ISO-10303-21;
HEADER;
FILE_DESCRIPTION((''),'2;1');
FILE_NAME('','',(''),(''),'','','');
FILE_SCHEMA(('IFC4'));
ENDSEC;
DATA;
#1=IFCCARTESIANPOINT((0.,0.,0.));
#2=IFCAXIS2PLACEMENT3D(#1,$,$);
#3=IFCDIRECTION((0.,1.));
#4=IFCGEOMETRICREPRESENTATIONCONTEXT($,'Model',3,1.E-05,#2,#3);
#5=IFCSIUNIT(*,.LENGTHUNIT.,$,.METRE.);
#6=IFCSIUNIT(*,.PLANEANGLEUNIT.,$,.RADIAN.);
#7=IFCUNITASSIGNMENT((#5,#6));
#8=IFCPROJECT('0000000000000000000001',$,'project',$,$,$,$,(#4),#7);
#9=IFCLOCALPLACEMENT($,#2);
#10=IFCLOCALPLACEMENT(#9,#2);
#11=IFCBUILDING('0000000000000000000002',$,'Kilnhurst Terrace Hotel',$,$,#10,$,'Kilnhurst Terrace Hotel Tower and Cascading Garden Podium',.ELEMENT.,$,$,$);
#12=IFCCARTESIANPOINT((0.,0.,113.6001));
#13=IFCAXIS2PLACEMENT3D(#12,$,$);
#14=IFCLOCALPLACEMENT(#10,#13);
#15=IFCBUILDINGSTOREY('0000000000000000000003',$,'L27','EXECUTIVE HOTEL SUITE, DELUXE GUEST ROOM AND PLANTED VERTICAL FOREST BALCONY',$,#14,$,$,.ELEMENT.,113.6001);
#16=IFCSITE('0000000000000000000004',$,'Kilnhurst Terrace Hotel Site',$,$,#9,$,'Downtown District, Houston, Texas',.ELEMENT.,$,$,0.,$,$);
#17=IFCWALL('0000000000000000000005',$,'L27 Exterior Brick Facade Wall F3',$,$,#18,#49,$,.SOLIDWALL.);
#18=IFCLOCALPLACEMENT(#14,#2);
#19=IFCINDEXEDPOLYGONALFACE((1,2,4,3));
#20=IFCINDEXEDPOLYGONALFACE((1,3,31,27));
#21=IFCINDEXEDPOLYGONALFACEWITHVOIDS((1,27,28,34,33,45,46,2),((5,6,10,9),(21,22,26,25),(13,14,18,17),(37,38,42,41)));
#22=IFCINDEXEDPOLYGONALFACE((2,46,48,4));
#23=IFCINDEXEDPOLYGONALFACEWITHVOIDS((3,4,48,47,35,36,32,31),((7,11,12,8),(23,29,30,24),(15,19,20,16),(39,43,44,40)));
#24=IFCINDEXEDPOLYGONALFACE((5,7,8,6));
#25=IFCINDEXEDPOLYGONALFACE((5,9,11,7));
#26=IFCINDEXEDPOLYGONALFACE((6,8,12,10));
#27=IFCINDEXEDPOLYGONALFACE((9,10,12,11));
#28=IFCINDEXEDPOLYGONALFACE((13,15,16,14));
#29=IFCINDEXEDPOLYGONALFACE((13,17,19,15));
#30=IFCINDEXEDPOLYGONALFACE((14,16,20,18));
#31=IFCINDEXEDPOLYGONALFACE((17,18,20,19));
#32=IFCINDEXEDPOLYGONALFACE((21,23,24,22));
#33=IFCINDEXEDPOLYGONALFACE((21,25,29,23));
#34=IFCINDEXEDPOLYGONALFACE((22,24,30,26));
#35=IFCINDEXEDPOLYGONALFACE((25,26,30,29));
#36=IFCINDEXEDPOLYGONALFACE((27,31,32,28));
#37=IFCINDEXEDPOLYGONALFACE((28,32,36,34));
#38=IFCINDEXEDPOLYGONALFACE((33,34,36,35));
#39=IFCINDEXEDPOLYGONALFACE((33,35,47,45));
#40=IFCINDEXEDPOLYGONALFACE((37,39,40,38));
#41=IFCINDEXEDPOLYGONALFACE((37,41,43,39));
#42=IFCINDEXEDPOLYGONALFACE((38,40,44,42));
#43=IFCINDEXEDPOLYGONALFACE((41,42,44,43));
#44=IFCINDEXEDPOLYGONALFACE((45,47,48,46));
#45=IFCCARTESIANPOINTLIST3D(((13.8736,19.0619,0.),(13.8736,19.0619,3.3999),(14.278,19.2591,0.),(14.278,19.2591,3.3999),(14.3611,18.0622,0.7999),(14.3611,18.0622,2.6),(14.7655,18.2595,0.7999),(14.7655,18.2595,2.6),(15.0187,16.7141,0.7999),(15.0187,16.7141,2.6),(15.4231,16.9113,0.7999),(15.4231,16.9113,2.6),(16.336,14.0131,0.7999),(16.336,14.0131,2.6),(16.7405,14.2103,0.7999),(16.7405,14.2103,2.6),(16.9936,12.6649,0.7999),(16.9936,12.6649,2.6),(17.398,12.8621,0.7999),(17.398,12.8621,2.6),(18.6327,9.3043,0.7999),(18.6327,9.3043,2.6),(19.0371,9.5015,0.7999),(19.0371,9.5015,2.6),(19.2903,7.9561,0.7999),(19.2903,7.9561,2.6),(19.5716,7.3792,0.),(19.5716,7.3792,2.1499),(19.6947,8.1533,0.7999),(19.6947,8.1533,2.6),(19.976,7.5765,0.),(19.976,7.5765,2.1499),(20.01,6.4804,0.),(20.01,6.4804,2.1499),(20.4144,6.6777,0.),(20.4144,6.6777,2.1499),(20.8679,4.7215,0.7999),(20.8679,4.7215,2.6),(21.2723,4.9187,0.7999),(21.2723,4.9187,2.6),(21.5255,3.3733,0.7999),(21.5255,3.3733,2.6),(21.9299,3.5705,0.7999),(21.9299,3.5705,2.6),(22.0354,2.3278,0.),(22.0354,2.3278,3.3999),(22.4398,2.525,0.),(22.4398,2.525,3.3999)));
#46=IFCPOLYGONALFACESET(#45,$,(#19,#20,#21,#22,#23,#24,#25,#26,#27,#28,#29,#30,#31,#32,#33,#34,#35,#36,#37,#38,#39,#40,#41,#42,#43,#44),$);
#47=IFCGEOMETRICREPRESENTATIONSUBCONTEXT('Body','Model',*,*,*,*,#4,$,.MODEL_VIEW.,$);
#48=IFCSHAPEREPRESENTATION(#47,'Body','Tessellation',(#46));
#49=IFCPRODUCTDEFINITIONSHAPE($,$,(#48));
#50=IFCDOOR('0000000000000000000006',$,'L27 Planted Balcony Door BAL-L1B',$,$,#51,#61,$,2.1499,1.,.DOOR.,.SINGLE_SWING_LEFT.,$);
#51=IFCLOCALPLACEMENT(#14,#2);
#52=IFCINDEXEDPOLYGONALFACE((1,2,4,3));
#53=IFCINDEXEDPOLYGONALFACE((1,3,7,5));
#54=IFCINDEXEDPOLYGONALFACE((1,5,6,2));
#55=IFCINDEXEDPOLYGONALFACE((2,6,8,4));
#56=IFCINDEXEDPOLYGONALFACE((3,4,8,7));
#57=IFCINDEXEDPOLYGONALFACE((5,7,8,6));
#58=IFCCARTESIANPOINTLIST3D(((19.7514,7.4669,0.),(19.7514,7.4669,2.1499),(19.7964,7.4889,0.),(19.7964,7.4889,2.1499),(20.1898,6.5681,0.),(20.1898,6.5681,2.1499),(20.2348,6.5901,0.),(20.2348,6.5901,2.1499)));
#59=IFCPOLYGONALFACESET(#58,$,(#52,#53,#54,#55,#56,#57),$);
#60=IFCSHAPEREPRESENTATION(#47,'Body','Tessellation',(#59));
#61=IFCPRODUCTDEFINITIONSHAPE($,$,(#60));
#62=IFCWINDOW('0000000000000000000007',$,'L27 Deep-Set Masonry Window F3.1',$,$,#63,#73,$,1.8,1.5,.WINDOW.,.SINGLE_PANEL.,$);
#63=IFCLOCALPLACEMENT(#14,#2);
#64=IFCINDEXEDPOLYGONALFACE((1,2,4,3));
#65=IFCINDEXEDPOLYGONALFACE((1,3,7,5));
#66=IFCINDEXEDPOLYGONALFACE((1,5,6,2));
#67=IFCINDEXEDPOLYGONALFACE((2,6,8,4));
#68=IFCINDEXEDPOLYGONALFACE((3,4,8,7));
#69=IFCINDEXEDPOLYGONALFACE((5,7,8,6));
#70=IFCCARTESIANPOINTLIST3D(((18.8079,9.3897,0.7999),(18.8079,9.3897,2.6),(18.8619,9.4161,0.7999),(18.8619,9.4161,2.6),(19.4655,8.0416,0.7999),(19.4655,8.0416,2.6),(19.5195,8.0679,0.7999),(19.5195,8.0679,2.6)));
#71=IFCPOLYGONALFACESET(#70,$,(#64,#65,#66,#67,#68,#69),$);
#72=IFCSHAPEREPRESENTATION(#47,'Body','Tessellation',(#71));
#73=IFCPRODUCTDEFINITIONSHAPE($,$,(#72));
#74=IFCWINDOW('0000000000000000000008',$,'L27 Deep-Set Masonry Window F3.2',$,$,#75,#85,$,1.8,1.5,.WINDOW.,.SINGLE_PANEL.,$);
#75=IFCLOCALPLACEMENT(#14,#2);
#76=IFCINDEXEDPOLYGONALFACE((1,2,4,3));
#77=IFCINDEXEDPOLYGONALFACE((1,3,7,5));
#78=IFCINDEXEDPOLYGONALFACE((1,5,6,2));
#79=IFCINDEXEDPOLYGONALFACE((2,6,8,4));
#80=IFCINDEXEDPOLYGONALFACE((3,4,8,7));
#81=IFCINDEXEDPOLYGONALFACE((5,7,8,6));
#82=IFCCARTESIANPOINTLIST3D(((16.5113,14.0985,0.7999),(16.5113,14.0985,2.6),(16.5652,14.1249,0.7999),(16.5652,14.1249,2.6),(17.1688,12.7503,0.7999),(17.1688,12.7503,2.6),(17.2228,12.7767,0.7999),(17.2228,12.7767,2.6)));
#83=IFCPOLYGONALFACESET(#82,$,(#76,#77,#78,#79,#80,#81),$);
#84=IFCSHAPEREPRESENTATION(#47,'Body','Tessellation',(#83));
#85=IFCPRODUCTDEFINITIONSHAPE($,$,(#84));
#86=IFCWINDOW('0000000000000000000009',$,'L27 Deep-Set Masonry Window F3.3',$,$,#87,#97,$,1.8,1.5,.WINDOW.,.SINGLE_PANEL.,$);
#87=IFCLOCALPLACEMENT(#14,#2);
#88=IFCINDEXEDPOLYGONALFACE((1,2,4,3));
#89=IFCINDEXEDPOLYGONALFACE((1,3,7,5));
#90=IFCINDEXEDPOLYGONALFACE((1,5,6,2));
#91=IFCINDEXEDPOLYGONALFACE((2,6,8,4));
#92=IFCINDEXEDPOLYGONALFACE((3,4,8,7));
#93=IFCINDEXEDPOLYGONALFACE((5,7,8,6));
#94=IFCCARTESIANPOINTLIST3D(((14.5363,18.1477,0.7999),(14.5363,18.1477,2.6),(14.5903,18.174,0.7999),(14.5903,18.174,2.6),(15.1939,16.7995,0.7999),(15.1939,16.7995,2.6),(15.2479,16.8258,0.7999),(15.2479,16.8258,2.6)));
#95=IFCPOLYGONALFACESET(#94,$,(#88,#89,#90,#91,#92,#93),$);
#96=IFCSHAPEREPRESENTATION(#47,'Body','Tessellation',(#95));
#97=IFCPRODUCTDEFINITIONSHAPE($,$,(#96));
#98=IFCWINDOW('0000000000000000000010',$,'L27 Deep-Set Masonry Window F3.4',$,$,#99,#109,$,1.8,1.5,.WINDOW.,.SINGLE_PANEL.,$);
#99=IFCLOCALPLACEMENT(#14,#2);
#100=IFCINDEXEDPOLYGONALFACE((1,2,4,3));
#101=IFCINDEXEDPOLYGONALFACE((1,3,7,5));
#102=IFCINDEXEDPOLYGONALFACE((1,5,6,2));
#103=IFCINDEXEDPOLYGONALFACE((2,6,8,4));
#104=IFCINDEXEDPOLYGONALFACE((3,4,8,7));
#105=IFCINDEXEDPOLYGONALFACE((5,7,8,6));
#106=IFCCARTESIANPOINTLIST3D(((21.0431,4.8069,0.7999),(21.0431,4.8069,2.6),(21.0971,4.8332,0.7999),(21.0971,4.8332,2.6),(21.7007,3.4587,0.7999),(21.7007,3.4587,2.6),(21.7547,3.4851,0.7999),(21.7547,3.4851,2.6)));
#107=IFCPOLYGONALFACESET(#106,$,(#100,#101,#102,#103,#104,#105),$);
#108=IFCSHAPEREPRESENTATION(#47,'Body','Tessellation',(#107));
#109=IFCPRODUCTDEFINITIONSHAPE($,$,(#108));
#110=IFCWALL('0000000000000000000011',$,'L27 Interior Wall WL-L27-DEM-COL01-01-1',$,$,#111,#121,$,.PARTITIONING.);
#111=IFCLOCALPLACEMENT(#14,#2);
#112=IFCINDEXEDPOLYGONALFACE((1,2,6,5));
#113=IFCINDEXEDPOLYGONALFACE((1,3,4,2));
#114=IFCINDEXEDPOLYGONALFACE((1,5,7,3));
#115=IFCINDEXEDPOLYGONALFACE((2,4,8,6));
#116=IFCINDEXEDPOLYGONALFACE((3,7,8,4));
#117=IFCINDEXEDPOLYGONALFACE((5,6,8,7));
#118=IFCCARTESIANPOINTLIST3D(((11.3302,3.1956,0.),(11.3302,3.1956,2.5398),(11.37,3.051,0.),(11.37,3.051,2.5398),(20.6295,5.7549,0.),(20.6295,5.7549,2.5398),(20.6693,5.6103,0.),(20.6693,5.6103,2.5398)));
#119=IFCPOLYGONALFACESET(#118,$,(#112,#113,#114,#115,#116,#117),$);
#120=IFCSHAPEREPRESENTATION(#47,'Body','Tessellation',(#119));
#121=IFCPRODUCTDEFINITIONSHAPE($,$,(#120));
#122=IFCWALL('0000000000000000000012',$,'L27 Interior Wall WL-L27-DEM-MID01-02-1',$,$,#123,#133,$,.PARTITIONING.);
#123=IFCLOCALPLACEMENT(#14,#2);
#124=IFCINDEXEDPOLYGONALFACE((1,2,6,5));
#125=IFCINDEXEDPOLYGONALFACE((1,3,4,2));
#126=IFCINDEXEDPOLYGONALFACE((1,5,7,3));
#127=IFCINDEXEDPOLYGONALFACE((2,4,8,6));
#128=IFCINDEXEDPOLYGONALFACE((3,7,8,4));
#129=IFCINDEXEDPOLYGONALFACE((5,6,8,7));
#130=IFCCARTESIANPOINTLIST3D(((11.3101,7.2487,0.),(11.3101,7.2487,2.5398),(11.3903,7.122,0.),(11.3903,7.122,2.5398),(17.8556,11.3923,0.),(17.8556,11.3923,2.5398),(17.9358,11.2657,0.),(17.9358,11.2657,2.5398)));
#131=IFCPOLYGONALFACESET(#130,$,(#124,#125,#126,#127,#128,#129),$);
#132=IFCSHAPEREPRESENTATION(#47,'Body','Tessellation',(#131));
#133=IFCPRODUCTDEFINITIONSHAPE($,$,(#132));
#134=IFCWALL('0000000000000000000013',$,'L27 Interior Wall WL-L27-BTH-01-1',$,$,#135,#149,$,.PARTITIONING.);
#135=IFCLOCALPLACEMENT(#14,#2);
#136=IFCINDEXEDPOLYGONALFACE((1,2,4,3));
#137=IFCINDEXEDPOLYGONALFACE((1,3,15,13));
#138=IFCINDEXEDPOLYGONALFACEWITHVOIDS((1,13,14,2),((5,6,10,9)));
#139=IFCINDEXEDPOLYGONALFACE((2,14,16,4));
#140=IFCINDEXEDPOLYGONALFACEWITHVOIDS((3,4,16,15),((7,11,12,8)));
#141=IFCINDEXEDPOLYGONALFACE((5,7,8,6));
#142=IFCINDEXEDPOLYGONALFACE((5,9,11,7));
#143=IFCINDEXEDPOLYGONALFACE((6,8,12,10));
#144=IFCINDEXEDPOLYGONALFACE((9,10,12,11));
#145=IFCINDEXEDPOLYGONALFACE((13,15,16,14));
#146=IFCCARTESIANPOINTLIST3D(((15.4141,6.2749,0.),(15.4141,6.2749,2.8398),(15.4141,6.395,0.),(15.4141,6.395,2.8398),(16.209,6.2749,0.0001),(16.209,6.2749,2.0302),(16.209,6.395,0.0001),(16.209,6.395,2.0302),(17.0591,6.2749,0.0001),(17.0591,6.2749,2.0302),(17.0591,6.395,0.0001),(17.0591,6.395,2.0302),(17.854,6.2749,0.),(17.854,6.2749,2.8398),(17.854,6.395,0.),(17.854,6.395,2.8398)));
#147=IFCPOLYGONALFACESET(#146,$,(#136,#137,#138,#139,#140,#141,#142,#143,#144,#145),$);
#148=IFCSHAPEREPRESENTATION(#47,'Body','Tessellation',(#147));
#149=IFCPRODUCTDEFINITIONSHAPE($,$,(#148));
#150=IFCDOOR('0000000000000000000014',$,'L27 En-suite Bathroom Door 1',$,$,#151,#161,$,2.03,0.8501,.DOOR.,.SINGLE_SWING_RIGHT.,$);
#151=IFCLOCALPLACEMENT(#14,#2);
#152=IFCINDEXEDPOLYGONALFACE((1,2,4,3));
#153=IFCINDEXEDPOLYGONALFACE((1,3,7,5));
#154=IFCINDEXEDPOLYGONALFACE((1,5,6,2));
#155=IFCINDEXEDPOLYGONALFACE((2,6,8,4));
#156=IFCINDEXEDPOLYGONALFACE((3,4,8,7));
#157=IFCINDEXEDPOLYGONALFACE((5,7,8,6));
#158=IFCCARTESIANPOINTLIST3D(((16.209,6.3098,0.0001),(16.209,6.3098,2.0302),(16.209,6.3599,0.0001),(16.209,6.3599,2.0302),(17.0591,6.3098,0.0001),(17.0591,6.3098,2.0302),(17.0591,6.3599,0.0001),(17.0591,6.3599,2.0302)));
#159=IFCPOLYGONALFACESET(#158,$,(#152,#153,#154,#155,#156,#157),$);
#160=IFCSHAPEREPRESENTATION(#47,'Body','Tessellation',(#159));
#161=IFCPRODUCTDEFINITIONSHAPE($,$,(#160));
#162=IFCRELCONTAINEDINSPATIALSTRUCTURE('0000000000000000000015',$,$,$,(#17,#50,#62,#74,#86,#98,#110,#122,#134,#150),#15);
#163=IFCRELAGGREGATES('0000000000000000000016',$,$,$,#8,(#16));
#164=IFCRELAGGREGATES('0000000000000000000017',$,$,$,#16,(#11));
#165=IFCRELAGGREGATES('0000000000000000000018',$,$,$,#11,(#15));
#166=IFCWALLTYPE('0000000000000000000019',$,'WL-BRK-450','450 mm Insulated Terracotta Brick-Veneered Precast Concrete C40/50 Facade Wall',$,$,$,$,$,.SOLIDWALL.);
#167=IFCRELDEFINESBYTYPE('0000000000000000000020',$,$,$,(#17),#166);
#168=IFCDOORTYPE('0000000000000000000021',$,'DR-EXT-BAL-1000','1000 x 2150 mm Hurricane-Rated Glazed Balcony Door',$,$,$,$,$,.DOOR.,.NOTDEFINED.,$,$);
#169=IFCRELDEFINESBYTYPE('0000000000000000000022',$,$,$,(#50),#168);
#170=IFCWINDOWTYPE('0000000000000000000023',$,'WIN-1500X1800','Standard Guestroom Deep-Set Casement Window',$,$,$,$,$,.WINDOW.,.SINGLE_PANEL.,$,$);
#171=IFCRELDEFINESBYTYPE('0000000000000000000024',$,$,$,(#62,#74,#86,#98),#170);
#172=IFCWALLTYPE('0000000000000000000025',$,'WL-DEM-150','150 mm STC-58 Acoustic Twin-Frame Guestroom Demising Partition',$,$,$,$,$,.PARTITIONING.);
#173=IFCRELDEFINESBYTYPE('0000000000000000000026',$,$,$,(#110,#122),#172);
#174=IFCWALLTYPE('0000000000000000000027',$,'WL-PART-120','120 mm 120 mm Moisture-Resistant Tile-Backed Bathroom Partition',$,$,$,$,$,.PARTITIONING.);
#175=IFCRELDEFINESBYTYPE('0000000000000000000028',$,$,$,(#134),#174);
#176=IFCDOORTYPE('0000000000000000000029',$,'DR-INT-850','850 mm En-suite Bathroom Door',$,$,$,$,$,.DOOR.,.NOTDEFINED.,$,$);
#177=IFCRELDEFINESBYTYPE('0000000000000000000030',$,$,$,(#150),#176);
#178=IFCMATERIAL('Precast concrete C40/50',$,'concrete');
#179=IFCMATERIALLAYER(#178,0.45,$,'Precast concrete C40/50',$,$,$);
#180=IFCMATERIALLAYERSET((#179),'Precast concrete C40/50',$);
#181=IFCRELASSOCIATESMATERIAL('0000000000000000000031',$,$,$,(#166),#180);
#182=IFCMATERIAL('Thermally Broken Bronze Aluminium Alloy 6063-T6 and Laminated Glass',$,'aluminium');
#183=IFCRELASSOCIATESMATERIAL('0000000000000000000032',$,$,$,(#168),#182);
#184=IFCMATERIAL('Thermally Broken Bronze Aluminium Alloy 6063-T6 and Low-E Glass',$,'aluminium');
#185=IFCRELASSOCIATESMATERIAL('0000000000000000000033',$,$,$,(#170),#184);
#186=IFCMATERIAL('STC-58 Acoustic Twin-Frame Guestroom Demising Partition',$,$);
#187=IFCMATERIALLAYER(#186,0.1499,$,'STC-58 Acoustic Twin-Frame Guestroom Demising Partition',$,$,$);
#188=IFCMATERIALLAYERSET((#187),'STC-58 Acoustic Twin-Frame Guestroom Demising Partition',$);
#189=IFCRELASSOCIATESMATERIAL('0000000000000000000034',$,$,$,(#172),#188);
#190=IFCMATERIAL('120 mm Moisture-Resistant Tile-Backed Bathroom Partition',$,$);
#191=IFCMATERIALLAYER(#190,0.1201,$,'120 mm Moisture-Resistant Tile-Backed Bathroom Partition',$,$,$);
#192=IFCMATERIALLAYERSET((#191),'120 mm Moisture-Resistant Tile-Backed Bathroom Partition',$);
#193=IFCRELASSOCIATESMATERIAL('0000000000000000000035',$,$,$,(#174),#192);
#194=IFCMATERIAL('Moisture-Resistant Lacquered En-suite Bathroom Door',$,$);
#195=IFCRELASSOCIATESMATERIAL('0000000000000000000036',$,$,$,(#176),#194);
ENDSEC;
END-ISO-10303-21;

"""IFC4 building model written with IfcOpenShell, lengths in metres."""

from ifc_helpers import new_model, si_unit, direction, frame, frame_2d, origin, place, context, subcontext, project, spatial, rectangle, extrude, material, layer, layer_set, type_object, element, fill, save


model = new_model("IFC4")

# Units and contexts
model_context = context("Model", 3, precision=1e-05, world=origin(), true_north=direction((0.0, 1.0)))
body_context = subcontext(model_context, "Body", "Model", "MODEL_VIEW")
ifc_project = project(units=[si_unit("LENGTHUNIT", "METRE"), si_unit("PLANEANGLEUNIT", "RADIAN")], contexts=[model_context])

# Site, building, storey
site_placement = place(None, origin())
site = spatial("IfcSite", under=ifc_project, at=site_placement, Name="Kilnhurst Terrace Hotel Site", LongName="Downtown District, Houston, Texas", CompositionType="ELEMENT", RefElevation=0.0)
building_placement = place(site_placement, origin())
building = spatial("IfcBuilding", under=site, at=building_placement, Name="Kilnhurst Terrace Hotel", LongName="Kilnhurst Terrace Hotel Tower and Cascading Garden Podium", CompositionType="ELEMENT")
storey_placement = place(building_placement, frame((0.0, 0.0, 113.6001)))
storey = spatial("IfcBuildingStorey", under=building, at=storey_placement, Name="L27", Description="EXECUTIVE HOTEL SUITE, DELUXE GUEST ROOM AND PLANTED VERTICAL FOREST BALCONY", CompositionType="ELEMENT", Elevation=113.6001)

# Shared definitions
ifc_material_1 = material(Name="Precast concrete C40/50", Category="concrete")
ifc_layer_1 = layer(ifc_material_1, 0.45, Name="Precast concrete C40/50")
ifc_layer_set_1 = layer_set([ifc_layer_1], Name="Precast concrete C40/50")
wall_type_1 = type_object("IfcWallType", Name="WL-BRK-450", Description="450 mm Insulated Terracotta Brick-Veneered Precast Concrete C40/50 Facade Wall", PredefinedType="SOLIDWALL", material=ifc_layer_set_1)

# Wall, openings, door, windows
wall_1_placement = place(storey_placement, frame((22.2375, 2.4265, 0.0), z_axis=(0.0, 0.0, 1.0), x_axis=(-0.438375, 0.898792, 0.0)))
wall_1 = element("IfcWall", 1, at=wall_1_placement, inside=storey, type_object=wall_type_1, Name="L27 Exterior Brick Facade Wall F3", PredefinedType="SOLIDWALL", context=body_context, shape_type="SweptSolid", body=[
    extrude(rectangle(XDim=18.6184, YDim=0.45, at=frame_2d((9.3091, 0.0))), origin(), (0.0, 0.0, 1.0), 3.3999),
])
opening_1_placement = place(wall_1_placement, frame((4.6201, 0.0, 0.0)))
opening_1 = element("IfcOpeningElement", 2, at=opening_1_placement, cuts=wall_1, PredefinedType="OPENING", context=body_context, shape_type="SweptSolid", body=[
    extrude(rectangle(XDim=1.0, YDim=2.1499, at=frame_2d((0.5, 1.075))), frame((0.0, 0.2349, 0.0), z_axis=(0.0, -1.0, 0.0), x_axis=(1.0, 0.0, 0.0)), (0.0, 0.0, 1.0), 0.47),
])
opening_2_placement = place(wall_1_placement, frame((6.262, 0.0, 0.8)))
opening_2 = element("IfcOpeningElement", 3, at=opening_2_placement, cuts=wall_1, PredefinedType="OPENING", context=body_context, shape_type="SweptSolid", body=[
    extrude(rectangle(XDim=1.5, YDim=1.8, at=frame_2d((0.75, 0.8999))), frame((0.0, 0.2349, 0.0), z_axis=(0.0, -1.0, 0.0), x_axis=(1.0, 0.0, 0.0)), (0.0, 0.0, 1.0), 0.47),
])
opening_3_placement = place(wall_1_placement, frame((11.501, 0.0, 0.8)))
opening_3 = element("IfcOpeningElement", 4, at=opening_3_placement, cuts=wall_1, PredefinedType="OPENING", context=body_context, shape_type="SweptSolid", body=[
    extrude(rectangle(XDim=1.5, YDim=1.8, at=frame_2d((0.75, 0.8999))), frame((0.0, 0.2349, 0.0), z_axis=(0.0, -1.0, 0.0), x_axis=(1.0, 0.0, 0.0)), (0.0, 0.0, 1.0), 0.47),
])
opening_4_placement = place(wall_1_placement, frame((16.0061, 0.0, 0.8)))
opening_4 = element("IfcOpeningElement", 5, at=opening_4_placement, cuts=wall_1, PredefinedType="OPENING", context=body_context, shape_type="SweptSolid", body=[
    extrude(rectangle(XDim=1.5, YDim=1.8, at=frame_2d((0.75, 0.8999))), frame((0.0, 0.2349, 0.0), z_axis=(0.0, -1.0, 0.0), x_axis=(1.0, 0.0, 0.0)), (0.0, 0.0, 1.0), 0.47),
])
opening_5_placement = place(wall_1_placement, frame((1.1631, 0.0, 0.8)))
opening_5 = element("IfcOpeningElement", 6, at=opening_5_placement, cuts=wall_1, PredefinedType="OPENING", context=body_context, shape_type="SweptSolid", body=[
    extrude(rectangle(XDim=1.5, YDim=1.8, at=frame_2d((0.75, 0.8999))), frame((0.0, 0.2349, 0.0), z_axis=(0.0, -1.0, 0.0), x_axis=(1.0, 0.0, 0.0)), (0.0, 0.0, 1.0), 0.47),
])
ifc_material_2 = material(Name="Thermally Broken Bronze Aluminium Alloy 6063-T6 and Laminated Glass", Category="aluminium")
door_type_1 = type_object("IfcDoorType", Name="DR-EXT-BAL-1000", Description="1000 x 2150 mm Hurricane-Rated Glazed Balcony Door", OperationType="NOTDEFINED", PredefinedType="DOOR", material=ifc_material_2)
door_1_placement = place(opening_1_placement, origin())
door_1 = element("IfcDoor", 7, at=door_1_placement, inside=storey, type_object=door_type_1, Name="L27 Planted Balcony Door BAL-L1B", OperationType="SINGLE_SWING_LEFT", OverallHeight=2.1499, OverallWidth=1.0, PredefinedType="DOOR", context=body_context, shape_type="SweptSolid", body=[
    extrude(rectangle(XDim=1.0, YDim=2.1499, at=frame_2d((0.5, 1.075))), frame((0.0, 0.0249, 0.0), z_axis=(0.0, -1.0, 0.0), x_axis=(1.0, 0.0, 0.0)), (0.0, 0.0, 1.0), 0.05),
])
fill(opening_1, door_1)
ifc_material_3 = material(Name="Thermally Broken Bronze Aluminium Alloy 6063-T6 and Low-E Glass", Category="aluminium")
window_type = type_object("IfcWindowType", Name="WIN-1500X1800", Description="Standard Guestroom Deep-Set Casement Window", PartitioningType="SINGLE_PANEL", PredefinedType="WINDOW", material=ifc_material_3)
window_1_placement = place(opening_2_placement, origin())
window_1 = element("IfcWindow", 8, at=window_1_placement, inside=storey, type_object=window_type, Name="L27 Deep-Set Masonry Window F3.1", OverallHeight=1.8, OverallWidth=1.5, PartitioningType="SINGLE_PANEL", PredefinedType="WINDOW", context=body_context, shape_type="SweptSolid", body=[
    extrude(rectangle(XDim=1.5, YDim=1.8, at=frame_2d((0.75, 0.8999))), frame((0.0, 0.03, 0.0), z_axis=(0.0, -1.0, 0.0), x_axis=(1.0, 0.0, 0.0)), (0.0, 0.0, 1.0), 0.0601),
])
fill(opening_2, window_1)
window_2_placement = place(opening_3_placement, origin())
window_2 = element("IfcWindow", 9, at=window_2_placement, inside=storey, type_object=window_type, Name="L27 Deep-Set Masonry Window F3.2", OverallHeight=1.8, OverallWidth=1.5, PartitioningType="SINGLE_PANEL", PredefinedType="WINDOW", context=body_context, shape_type="SweptSolid", body=[
    extrude(rectangle(XDim=1.5, YDim=1.8, at=frame_2d((0.75, 0.8999))), frame((0.0, 0.03, 0.0), z_axis=(0.0, -1.0, 0.0), x_axis=(1.0, 0.0, 0.0)), (0.0, 0.0, 1.0), 0.0601),
])
fill(opening_3, window_2)
window_3_placement = place(opening_4_placement, origin())
window_3 = element("IfcWindow", 10, at=window_3_placement, inside=storey, type_object=window_type, Name="L27 Deep-Set Masonry Window F3.3", OverallHeight=1.8, OverallWidth=1.5, PartitioningType="SINGLE_PANEL", PredefinedType="WINDOW", context=body_context, shape_type="SweptSolid", body=[
    extrude(rectangle(XDim=1.5, YDim=1.8, at=frame_2d((0.75, 0.8999))), frame((0.0, 0.03, 0.0), z_axis=(0.0, -1.0, 0.0), x_axis=(1.0, 0.0, 0.0)), (0.0, 0.0, 1.0), 0.0601),
])
fill(opening_4, window_3)
window_4_placement = place(opening_5_placement, origin())
window_4 = element("IfcWindow", 11, at=window_4_placement, inside=storey, type_object=window_type, Name="L27 Deep-Set Masonry Window F3.4", OverallHeight=1.8, OverallWidth=1.5, PartitioningType="SINGLE_PANEL", PredefinedType="WINDOW", context=body_context, shape_type="SweptSolid", body=[
    extrude(rectangle(XDim=1.5, YDim=1.8, at=frame_2d((0.75, 0.8999))), frame((0.0, 0.03, 0.0), z_axis=(0.0, -1.0, 0.0), x_axis=(1.0, 0.0, 0.0)), (0.0, 0.0, 1.0), 0.0601),
])
fill(opening_5, window_4)

# Walls
ifc_material_4 = material(Name="STC-58 Acoustic Twin-Frame Guestroom Demising Partition")
ifc_layer_2 = layer(ifc_material_4, 0.1499, Name="STC-58 Acoustic Twin-Frame Guestroom Demising Partition")
ifc_layer_set_2 = layer_set([ifc_layer_2], Name="STC-58 Acoustic Twin-Frame Guestroom Demising Partition")
wall_type_2 = type_object("IfcWallType", Name="WL-DEM-150", Description="150 mm STC-58 Acoustic Twin-Frame Guestroom Demising Partition", PredefinedType="PARTITIONING", material=ifc_layer_set_2)
wall_2_placement = place(storey_placement, frame((11.3501, 3.1233, 0.0), z_axis=(0.0, 0.0, 1.0), x_axis=(0.964152, 0.265351, 0.0)))
element("IfcWall", 12, at=wall_2_placement, inside=storey, type_object=wall_type_2, Name="L27 Interior Wall WL-L27-DEM-COL01-01-1", PredefinedType="PARTITIONING", context=body_context, shape_type="SweptSolid", body=[
    extrude(rectangle(XDim=9.645, YDim=0.1499, at=frame_2d((4.8225, 0.0))), origin(), (0.0, 0.0, 1.0), 2.5398),
])
wall_3_placement = place(storey_placement, frame((11.3501, 7.1853, 0.0), z_axis=(0.0, 0.0, 1.0), x_axis=(0.844928, 0.53488, 0.0)))
element("IfcWall", 13, at=wall_3_placement, inside=storey, type_object=wall_type_2, Name="L27 Interior Wall WL-L27-DEM-MID01-02-1", PredefinedType="PARTITIONING", context=body_context, shape_type="SweptSolid", body=[
    extrude(rectangle(XDim=7.7468, YDim=0.1499, at=frame_2d((3.8735, 0.0))), origin(), (0.0, 0.0, 1.0), 2.5398),
])

# Wall, opening, door
ifc_material_5 = material(Name="120 mm Moisture-Resistant Tile-Backed Bathroom Partition")
ifc_layer_3 = layer(ifc_material_5, 0.1201, Name="120 mm Moisture-Resistant Tile-Backed Bathroom Partition")
ifc_layer_set_3 = layer_set([ifc_layer_3], Name="120 mm Moisture-Resistant Tile-Backed Bathroom Partition")
wall_type_3 = type_object("IfcWallType", Name="WL-PART-120", Description="120 mm 120 mm Moisture-Resistant Tile-Backed Bathroom Partition", PredefinedType="PARTITIONING", material=ifc_layer_set_3)
wall_4_placement = place(storey_placement, frame((15.4141, 6.335, 0.0), z_axis=(0.0, 0.0, 1.0), x_axis=(1.0, 0.0, 0.0)))
wall_4 = element("IfcWall", 14, at=wall_4_placement, inside=storey, type_object=wall_type_3, Name="L27 Interior Wall WL-L27-BTH-01-1", PredefinedType="PARTITIONING", context=body_context, shape_type="SweptSolid", body=[
    extrude(rectangle(XDim=2.4399, YDim=0.1201, at=frame_2d((1.22, 0.0))), origin(), (0.0, 0.0, 1.0), 2.8398),
])
opening_6_placement = place(wall_4_placement, frame((0.7949, 0.0, 0.0)))
opening_6 = element("IfcOpeningElement", 15, at=opening_6_placement, cuts=wall_4, PredefinedType="OPENING", context=body_context, shape_type="SweptSolid", body=[
    extrude(rectangle(XDim=0.8501, YDim=2.03, at=frame_2d((0.425, 1.0151))), frame((0.0, 0.0701, 0.0), z_axis=(0.0, -1.0, 0.0), x_axis=(1.0, 0.0, 0.0)), (0.0, 0.0, 1.0), 0.1401),
])
ifc_material_6 = material(Name="Moisture-Resistant Lacquered En-suite Bathroom Door")
door_type_2 = type_object("IfcDoorType", Name="DR-INT-850", Description="850 mm En-suite Bathroom Door", OperationType="NOTDEFINED", PredefinedType="DOOR", material=ifc_material_6)
door_2_placement = place(opening_6_placement, origin())
door_2 = element("IfcDoor", 16, at=door_2_placement, inside=storey, type_object=door_type_2, Name="L27 En-suite Bathroom Door 1", OperationType="SINGLE_SWING_RIGHT", OverallHeight=2.03, OverallWidth=0.8501, PredefinedType="DOOR", context=body_context, shape_type="SweptSolid", body=[
    extrude(rectangle(XDim=0.8501, YDim=2.03, at=frame_2d((0.425, 1.0151))), frame((0.0, 0.0249, 0.0), z_axis=(0.0, -1.0, 0.0), x_axis=(1.0, 0.0, 0.0)), (0.0, 0.0, 1.0), 0.05),
])
fill(opening_6, door_2)

save(model, "model.ifc")
